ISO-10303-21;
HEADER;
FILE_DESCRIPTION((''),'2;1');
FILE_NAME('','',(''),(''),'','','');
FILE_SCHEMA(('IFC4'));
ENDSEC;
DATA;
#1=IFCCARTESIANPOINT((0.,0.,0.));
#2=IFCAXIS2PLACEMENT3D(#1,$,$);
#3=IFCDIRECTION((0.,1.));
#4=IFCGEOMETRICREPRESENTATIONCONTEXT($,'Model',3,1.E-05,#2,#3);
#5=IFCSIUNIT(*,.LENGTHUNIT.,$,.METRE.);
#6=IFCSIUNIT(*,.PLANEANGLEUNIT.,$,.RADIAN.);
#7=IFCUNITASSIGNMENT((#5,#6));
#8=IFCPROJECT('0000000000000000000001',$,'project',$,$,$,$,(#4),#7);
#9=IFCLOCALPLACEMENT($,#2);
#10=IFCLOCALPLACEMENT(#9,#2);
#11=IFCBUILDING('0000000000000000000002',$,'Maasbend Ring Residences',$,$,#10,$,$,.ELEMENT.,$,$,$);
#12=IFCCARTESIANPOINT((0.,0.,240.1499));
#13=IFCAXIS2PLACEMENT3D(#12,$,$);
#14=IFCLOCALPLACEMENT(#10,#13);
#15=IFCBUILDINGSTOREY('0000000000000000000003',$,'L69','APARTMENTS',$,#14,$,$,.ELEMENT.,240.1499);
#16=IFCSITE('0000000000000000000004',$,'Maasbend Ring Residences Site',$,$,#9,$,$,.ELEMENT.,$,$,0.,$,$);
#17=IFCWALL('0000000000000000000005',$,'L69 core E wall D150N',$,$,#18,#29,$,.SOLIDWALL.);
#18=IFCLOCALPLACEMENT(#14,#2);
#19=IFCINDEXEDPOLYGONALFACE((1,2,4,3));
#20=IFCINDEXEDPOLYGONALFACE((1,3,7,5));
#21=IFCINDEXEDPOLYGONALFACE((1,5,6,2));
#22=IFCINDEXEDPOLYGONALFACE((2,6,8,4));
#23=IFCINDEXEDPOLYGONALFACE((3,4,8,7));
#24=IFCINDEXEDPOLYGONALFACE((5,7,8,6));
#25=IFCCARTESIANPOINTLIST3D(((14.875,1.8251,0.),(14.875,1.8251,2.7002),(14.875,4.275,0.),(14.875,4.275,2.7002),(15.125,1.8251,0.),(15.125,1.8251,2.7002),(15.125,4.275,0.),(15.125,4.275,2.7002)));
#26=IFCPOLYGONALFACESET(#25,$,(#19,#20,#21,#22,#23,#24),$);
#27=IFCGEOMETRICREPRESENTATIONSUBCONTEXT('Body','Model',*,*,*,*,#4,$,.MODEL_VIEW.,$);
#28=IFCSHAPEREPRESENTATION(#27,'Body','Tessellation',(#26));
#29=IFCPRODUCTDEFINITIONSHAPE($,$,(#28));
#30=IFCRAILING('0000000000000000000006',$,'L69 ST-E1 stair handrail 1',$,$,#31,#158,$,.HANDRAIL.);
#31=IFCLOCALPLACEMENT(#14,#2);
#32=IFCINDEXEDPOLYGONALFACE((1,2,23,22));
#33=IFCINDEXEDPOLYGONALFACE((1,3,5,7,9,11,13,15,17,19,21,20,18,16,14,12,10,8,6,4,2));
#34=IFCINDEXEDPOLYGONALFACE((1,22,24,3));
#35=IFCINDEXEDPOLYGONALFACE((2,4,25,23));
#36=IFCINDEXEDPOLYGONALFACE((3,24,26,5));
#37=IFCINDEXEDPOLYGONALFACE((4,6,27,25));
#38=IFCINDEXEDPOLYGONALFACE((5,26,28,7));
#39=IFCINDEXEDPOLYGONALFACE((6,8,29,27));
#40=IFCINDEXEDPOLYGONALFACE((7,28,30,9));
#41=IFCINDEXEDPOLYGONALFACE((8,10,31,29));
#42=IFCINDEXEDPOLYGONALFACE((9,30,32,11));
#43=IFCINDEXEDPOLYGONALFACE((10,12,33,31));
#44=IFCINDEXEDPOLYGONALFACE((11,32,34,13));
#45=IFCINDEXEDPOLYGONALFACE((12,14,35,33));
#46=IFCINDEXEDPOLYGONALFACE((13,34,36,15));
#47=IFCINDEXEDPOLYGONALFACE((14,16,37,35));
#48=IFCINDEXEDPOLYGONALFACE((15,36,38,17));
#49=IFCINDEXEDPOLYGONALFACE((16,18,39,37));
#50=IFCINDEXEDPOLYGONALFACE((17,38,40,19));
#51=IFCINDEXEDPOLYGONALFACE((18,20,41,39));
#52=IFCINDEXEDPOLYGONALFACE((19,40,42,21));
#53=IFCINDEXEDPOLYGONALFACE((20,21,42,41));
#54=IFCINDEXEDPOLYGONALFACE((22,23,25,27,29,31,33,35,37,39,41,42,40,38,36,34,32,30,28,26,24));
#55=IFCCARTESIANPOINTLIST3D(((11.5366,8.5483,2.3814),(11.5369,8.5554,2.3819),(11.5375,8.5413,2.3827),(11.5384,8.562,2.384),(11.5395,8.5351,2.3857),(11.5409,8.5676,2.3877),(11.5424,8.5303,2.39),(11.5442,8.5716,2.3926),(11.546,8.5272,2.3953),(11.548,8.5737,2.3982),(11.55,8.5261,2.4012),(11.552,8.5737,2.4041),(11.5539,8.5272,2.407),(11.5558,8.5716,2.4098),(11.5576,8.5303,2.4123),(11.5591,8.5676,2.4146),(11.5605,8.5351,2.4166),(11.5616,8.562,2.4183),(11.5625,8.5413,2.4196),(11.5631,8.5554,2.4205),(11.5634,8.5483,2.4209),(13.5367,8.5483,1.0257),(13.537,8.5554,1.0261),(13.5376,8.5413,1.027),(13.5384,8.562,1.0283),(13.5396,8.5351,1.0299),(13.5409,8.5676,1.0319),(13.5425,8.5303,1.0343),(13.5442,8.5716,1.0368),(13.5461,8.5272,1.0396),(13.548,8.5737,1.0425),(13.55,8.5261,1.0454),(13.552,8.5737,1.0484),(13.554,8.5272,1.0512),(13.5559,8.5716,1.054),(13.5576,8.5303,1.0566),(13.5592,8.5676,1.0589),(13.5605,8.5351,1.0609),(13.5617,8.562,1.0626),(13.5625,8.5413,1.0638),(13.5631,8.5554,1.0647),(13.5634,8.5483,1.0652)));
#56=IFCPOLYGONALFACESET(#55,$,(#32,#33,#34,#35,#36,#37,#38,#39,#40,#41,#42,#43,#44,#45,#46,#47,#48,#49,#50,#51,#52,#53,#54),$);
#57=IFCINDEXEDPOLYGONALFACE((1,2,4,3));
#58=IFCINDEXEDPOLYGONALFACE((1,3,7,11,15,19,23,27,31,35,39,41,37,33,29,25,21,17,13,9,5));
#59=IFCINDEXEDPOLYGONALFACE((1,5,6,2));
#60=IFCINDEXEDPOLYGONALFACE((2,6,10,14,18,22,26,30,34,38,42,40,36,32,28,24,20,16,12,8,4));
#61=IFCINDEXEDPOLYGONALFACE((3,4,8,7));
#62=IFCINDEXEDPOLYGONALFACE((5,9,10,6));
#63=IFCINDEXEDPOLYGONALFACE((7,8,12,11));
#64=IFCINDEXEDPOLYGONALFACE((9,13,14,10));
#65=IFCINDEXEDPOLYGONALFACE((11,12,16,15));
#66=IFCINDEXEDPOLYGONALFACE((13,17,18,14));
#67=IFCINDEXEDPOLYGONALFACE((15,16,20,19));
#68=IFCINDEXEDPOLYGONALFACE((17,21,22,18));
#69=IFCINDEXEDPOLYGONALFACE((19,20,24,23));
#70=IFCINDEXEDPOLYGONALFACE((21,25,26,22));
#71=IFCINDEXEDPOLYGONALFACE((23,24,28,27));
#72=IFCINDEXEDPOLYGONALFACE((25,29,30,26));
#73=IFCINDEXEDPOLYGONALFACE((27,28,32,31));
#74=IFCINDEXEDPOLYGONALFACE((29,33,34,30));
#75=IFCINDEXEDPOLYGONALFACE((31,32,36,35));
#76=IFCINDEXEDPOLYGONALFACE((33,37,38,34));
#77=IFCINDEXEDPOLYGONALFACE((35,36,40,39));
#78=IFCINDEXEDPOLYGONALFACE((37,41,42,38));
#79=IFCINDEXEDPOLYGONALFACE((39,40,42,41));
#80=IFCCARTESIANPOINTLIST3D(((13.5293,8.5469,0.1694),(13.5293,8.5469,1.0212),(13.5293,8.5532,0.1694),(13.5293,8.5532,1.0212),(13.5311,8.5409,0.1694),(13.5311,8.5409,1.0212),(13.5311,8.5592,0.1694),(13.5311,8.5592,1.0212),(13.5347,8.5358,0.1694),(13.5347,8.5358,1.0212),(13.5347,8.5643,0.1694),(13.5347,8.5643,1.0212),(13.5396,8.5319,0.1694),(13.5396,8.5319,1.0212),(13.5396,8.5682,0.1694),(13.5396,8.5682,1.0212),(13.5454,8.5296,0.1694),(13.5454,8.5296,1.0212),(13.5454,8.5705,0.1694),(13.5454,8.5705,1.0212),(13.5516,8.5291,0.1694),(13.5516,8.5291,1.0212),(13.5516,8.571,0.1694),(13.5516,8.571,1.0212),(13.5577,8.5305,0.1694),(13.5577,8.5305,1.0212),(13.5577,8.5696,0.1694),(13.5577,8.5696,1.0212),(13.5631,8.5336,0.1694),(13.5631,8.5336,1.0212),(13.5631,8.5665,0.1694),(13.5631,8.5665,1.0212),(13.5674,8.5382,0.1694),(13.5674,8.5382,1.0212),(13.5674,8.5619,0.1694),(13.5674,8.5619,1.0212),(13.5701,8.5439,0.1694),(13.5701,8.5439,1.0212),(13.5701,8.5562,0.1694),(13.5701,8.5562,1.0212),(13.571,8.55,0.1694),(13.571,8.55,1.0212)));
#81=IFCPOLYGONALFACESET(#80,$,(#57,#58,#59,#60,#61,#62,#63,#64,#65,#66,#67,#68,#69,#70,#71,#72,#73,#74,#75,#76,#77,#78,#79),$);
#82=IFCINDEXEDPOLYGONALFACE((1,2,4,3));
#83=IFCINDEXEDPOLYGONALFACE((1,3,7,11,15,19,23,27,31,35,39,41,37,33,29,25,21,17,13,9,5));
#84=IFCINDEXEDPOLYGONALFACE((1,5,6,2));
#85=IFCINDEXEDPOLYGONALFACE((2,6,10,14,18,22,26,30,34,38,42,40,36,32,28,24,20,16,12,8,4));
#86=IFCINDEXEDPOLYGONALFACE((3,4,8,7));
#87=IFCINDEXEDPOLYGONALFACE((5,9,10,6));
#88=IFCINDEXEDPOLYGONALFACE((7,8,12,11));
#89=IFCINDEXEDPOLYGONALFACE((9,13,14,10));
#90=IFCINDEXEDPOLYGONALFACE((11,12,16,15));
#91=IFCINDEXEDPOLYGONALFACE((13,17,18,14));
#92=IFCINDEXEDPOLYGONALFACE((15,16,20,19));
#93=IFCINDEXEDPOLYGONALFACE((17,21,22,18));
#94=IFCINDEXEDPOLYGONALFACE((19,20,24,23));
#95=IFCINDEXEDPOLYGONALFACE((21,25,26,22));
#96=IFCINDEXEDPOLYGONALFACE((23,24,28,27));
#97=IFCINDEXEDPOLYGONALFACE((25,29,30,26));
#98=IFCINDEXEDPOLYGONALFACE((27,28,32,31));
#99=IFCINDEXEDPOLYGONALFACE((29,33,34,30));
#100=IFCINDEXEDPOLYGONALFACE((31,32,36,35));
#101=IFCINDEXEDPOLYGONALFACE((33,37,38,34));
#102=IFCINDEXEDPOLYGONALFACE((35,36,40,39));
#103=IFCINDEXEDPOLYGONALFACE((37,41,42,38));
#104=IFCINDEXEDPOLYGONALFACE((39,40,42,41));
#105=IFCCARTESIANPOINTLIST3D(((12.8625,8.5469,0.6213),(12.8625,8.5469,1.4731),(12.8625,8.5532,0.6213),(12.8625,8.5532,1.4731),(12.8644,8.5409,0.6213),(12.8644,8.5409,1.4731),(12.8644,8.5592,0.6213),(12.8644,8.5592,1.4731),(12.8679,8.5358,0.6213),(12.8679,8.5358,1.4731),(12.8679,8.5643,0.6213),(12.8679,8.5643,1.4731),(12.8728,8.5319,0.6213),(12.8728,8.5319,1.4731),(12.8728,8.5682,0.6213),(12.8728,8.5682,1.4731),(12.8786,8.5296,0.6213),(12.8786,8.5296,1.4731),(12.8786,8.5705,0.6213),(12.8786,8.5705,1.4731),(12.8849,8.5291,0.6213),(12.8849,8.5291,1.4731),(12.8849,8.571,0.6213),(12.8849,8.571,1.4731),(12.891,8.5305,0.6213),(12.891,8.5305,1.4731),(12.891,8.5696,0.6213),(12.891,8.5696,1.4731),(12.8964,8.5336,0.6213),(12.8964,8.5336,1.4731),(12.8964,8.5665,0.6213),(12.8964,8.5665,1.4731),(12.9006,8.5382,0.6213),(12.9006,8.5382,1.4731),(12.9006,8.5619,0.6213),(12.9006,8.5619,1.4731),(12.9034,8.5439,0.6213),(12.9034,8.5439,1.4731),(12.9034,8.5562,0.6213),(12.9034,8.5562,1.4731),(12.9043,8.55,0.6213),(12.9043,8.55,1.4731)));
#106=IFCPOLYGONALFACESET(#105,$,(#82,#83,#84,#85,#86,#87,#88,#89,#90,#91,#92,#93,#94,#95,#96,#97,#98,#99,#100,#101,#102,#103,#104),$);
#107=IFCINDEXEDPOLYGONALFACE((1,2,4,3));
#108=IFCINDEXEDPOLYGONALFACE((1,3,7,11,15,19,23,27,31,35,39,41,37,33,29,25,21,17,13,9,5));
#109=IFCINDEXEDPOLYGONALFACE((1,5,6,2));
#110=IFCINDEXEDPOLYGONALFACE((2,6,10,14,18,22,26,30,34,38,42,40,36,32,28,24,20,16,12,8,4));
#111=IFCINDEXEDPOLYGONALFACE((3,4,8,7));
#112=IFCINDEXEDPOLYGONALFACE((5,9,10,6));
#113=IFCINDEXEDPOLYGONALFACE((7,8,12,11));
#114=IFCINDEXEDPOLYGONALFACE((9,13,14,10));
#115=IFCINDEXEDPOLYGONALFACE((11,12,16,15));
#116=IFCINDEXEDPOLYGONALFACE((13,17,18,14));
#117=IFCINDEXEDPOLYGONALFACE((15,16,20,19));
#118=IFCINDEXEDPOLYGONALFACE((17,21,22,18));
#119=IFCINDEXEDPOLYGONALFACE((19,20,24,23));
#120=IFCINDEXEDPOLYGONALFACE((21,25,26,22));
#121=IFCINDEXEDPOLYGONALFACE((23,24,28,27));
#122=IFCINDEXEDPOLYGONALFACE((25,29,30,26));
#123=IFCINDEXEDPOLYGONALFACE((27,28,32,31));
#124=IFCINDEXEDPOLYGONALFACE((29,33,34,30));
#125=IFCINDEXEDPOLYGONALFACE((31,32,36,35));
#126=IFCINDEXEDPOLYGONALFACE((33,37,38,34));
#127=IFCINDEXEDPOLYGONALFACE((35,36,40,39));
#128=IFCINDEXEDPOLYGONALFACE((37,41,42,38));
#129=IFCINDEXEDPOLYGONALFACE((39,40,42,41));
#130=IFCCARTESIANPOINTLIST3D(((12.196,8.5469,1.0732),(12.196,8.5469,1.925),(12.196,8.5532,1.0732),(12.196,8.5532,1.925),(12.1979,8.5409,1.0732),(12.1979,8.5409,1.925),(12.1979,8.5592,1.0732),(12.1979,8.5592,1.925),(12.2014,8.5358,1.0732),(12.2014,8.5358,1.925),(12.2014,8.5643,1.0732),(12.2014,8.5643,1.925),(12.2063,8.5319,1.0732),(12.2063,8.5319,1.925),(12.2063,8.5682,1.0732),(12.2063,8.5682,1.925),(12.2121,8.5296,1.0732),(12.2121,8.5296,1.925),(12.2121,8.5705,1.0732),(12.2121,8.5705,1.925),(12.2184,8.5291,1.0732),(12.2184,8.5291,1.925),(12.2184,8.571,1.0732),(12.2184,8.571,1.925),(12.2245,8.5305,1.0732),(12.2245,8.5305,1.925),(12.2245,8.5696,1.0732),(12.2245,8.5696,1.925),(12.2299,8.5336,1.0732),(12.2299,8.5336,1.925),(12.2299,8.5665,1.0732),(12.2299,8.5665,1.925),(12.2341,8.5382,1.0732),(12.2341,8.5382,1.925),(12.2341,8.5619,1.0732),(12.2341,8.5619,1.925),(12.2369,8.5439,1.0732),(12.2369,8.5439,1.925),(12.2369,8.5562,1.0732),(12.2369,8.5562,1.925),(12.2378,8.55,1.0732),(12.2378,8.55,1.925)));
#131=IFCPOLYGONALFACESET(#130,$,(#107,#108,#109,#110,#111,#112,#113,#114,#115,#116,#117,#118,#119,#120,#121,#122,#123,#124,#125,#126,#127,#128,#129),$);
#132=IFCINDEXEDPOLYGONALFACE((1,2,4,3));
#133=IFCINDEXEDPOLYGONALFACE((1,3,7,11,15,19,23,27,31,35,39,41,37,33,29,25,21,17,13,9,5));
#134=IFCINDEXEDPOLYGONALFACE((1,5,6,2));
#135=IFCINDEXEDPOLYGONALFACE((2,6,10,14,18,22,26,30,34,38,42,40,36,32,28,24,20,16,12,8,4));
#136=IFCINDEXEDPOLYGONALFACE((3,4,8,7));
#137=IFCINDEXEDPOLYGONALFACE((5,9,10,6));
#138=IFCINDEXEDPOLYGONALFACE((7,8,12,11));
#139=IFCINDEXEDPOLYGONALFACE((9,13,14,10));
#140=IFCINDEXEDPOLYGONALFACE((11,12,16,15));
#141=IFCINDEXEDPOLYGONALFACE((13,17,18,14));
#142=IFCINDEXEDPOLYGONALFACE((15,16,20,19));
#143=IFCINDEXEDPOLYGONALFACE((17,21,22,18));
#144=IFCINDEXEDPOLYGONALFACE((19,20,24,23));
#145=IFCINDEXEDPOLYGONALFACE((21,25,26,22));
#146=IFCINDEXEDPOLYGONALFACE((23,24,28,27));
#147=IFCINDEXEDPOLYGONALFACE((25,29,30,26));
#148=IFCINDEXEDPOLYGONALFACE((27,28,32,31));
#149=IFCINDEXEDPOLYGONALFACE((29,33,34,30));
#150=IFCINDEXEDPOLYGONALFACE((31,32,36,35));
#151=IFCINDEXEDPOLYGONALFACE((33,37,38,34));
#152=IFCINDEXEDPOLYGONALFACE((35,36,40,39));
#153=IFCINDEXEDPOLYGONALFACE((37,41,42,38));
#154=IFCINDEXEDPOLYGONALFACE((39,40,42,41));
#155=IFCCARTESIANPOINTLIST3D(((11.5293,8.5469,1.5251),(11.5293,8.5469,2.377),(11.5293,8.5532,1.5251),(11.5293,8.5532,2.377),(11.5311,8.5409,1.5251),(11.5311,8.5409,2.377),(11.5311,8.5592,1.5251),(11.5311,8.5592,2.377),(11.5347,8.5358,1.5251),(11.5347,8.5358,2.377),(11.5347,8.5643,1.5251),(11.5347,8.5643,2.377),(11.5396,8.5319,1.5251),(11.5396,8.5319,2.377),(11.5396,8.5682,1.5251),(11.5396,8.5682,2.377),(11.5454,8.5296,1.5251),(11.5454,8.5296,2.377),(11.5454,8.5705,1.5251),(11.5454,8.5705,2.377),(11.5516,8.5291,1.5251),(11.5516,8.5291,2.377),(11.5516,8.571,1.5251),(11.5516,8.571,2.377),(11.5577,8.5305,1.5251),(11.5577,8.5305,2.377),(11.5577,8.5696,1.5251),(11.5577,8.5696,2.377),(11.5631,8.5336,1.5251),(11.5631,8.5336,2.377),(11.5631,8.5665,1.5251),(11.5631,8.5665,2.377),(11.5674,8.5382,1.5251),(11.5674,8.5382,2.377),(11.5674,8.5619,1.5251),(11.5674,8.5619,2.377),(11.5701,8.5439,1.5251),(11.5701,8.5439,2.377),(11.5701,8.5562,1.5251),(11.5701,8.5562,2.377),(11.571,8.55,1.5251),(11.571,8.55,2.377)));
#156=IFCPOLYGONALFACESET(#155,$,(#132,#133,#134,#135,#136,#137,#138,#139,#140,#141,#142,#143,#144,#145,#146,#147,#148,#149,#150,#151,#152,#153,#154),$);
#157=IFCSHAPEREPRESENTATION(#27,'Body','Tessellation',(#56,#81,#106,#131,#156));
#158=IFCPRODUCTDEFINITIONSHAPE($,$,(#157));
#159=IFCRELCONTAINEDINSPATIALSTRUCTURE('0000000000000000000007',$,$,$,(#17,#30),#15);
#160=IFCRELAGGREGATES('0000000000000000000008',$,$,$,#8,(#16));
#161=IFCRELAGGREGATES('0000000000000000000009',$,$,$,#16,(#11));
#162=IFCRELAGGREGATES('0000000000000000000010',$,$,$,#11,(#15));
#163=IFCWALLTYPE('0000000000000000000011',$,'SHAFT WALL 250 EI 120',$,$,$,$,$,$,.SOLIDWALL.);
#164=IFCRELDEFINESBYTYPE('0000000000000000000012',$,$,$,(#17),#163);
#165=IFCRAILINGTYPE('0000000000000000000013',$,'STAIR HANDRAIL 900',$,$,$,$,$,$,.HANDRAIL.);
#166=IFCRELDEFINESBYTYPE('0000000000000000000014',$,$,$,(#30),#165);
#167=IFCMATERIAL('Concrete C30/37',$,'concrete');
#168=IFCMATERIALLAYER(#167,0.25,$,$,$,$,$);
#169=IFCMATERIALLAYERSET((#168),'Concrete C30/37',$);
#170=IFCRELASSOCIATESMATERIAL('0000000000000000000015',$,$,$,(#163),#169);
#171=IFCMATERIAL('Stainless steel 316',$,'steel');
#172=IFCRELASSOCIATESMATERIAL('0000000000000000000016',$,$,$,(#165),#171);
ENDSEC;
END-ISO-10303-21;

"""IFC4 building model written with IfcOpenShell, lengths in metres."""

from ifc_helpers import new_model, si_unit, direction, frame, frame_2d, origin, origin_2d, place, context, subcontext, project, spatial, rectangle, circle, extrude, material, layer, layer_set, type_object, element, save


model = new_model("IFC4")

# Units and contexts
model_context = context("Model", 3, precision=1e-05, world=origin(), true_north=direction((0.0, 1.0)))
body_context = subcontext(model_context, "Body", "Model", "MODEL_VIEW")
ifc_project = project(units=[si_unit("LENGTHUNIT", "METRE"), si_unit("PLANEANGLEUNIT", "RADIAN")], contexts=[model_context])

# Site, building, storey
site_placement = place(None, origin())
site = spatial("IfcSite", under=ifc_project, at=site_placement, Name="Maasbend Ring Residences Site", CompositionType="ELEMENT", RefElevation=0.0)
building_placement = place(site_placement, origin())
building = spatial("IfcBuilding", under=site, at=building_placement, Name="Maasbend Ring Residences", CompositionType="ELEMENT")
storey_placement = place(building_placement, frame((0.0, 0.0, 240.1499)))
storey = spatial("IfcBuildingStorey", under=building, at=storey_placement, Name="L69", Description="APARTMENTS", CompositionType="ELEMENT", Elevation=240.1499)

# Wall
ifc_material_1 = material(Name="Concrete C30/37", Category="concrete")
ifc_layer_1 = layer(ifc_material_1, 0.25)
ifc_layer_set_1 = layer_set([ifc_layer_1], Name="Concrete C30/37")
wall_type_1 = type_object("IfcWallType", Name="SHAFT WALL 250 EI 120", PredefinedType="SOLIDWALL", material=ifc_layer_set_1)
wall_1_placement = place(storey_placement, frame((15.0, 1.825, 0.0), z_axis=(0.0, 0.0, 1.0), x_axis=(0.0, 1.0, 0.0)))
element("IfcWall", 1, at=wall_1_placement, inside=storey, type_object=wall_type_1, Name="L69 core E wall D150N", PredefinedType="SOLIDWALL", context=body_context, shape_type="SweptSolid", body=[
    extrude(rectangle(XDim=2.45, YDim=0.25, at=frame_2d((1.2251, 0.0))), origin(), (0.0, 0.0, 1.0), 2.7002),
])

# Railing
ifc_material_2 = material(Name="Stainless steel 316", Category="steel")
railing_type_1 = type_object("IfcRailingType", Name="STAIR HANDRAIL 900", PredefinedType="HANDRAIL", material=ifc_material_2)
railing_1_placement = place(storey_placement, frame((13.55, 8.55, 0.1694)))
element("IfcRailing", 2, at=railing_1_placement, inside=storey, type_object=railing_type_1, Name="L69 ST-E1 stair handrail 1", PredefinedType="HANDRAIL", context=body_context, shape_type="SweptSolid", body=[
    extrude(circle(Radius=0.0239, at=origin_2d()), frame((0.0, 0.0, 0.876), z_axis=(-0.827751, 0.0, 0.561096), x_axis=(0.0, -1.0, 0.0)), (0.0, 0.0, 1.0), 2.4163),
    extrude(circle(Radius=0.021, at=origin_2d()), origin(), (0.0, 0.0, 1.0), 0.8518),
    extrude(circle(Radius=0.021, at=origin_2d()), frame((-0.6667, 0.0, 0.4519)), (0.0, 0.0, 1.0), 0.8518),
    extrude(circle(Radius=0.021, at=origin_2d()), frame((-1.3333, 0.0, 0.9038)), (0.0, 0.0, 1.0), 0.8518),
    extrude(circle(Radius=0.021, at=origin_2d()), frame((-2.0, 0.0, 1.3557)), (0.0, 0.0, 1.0), 0.8518),
])

save(model, "model.ifc")
